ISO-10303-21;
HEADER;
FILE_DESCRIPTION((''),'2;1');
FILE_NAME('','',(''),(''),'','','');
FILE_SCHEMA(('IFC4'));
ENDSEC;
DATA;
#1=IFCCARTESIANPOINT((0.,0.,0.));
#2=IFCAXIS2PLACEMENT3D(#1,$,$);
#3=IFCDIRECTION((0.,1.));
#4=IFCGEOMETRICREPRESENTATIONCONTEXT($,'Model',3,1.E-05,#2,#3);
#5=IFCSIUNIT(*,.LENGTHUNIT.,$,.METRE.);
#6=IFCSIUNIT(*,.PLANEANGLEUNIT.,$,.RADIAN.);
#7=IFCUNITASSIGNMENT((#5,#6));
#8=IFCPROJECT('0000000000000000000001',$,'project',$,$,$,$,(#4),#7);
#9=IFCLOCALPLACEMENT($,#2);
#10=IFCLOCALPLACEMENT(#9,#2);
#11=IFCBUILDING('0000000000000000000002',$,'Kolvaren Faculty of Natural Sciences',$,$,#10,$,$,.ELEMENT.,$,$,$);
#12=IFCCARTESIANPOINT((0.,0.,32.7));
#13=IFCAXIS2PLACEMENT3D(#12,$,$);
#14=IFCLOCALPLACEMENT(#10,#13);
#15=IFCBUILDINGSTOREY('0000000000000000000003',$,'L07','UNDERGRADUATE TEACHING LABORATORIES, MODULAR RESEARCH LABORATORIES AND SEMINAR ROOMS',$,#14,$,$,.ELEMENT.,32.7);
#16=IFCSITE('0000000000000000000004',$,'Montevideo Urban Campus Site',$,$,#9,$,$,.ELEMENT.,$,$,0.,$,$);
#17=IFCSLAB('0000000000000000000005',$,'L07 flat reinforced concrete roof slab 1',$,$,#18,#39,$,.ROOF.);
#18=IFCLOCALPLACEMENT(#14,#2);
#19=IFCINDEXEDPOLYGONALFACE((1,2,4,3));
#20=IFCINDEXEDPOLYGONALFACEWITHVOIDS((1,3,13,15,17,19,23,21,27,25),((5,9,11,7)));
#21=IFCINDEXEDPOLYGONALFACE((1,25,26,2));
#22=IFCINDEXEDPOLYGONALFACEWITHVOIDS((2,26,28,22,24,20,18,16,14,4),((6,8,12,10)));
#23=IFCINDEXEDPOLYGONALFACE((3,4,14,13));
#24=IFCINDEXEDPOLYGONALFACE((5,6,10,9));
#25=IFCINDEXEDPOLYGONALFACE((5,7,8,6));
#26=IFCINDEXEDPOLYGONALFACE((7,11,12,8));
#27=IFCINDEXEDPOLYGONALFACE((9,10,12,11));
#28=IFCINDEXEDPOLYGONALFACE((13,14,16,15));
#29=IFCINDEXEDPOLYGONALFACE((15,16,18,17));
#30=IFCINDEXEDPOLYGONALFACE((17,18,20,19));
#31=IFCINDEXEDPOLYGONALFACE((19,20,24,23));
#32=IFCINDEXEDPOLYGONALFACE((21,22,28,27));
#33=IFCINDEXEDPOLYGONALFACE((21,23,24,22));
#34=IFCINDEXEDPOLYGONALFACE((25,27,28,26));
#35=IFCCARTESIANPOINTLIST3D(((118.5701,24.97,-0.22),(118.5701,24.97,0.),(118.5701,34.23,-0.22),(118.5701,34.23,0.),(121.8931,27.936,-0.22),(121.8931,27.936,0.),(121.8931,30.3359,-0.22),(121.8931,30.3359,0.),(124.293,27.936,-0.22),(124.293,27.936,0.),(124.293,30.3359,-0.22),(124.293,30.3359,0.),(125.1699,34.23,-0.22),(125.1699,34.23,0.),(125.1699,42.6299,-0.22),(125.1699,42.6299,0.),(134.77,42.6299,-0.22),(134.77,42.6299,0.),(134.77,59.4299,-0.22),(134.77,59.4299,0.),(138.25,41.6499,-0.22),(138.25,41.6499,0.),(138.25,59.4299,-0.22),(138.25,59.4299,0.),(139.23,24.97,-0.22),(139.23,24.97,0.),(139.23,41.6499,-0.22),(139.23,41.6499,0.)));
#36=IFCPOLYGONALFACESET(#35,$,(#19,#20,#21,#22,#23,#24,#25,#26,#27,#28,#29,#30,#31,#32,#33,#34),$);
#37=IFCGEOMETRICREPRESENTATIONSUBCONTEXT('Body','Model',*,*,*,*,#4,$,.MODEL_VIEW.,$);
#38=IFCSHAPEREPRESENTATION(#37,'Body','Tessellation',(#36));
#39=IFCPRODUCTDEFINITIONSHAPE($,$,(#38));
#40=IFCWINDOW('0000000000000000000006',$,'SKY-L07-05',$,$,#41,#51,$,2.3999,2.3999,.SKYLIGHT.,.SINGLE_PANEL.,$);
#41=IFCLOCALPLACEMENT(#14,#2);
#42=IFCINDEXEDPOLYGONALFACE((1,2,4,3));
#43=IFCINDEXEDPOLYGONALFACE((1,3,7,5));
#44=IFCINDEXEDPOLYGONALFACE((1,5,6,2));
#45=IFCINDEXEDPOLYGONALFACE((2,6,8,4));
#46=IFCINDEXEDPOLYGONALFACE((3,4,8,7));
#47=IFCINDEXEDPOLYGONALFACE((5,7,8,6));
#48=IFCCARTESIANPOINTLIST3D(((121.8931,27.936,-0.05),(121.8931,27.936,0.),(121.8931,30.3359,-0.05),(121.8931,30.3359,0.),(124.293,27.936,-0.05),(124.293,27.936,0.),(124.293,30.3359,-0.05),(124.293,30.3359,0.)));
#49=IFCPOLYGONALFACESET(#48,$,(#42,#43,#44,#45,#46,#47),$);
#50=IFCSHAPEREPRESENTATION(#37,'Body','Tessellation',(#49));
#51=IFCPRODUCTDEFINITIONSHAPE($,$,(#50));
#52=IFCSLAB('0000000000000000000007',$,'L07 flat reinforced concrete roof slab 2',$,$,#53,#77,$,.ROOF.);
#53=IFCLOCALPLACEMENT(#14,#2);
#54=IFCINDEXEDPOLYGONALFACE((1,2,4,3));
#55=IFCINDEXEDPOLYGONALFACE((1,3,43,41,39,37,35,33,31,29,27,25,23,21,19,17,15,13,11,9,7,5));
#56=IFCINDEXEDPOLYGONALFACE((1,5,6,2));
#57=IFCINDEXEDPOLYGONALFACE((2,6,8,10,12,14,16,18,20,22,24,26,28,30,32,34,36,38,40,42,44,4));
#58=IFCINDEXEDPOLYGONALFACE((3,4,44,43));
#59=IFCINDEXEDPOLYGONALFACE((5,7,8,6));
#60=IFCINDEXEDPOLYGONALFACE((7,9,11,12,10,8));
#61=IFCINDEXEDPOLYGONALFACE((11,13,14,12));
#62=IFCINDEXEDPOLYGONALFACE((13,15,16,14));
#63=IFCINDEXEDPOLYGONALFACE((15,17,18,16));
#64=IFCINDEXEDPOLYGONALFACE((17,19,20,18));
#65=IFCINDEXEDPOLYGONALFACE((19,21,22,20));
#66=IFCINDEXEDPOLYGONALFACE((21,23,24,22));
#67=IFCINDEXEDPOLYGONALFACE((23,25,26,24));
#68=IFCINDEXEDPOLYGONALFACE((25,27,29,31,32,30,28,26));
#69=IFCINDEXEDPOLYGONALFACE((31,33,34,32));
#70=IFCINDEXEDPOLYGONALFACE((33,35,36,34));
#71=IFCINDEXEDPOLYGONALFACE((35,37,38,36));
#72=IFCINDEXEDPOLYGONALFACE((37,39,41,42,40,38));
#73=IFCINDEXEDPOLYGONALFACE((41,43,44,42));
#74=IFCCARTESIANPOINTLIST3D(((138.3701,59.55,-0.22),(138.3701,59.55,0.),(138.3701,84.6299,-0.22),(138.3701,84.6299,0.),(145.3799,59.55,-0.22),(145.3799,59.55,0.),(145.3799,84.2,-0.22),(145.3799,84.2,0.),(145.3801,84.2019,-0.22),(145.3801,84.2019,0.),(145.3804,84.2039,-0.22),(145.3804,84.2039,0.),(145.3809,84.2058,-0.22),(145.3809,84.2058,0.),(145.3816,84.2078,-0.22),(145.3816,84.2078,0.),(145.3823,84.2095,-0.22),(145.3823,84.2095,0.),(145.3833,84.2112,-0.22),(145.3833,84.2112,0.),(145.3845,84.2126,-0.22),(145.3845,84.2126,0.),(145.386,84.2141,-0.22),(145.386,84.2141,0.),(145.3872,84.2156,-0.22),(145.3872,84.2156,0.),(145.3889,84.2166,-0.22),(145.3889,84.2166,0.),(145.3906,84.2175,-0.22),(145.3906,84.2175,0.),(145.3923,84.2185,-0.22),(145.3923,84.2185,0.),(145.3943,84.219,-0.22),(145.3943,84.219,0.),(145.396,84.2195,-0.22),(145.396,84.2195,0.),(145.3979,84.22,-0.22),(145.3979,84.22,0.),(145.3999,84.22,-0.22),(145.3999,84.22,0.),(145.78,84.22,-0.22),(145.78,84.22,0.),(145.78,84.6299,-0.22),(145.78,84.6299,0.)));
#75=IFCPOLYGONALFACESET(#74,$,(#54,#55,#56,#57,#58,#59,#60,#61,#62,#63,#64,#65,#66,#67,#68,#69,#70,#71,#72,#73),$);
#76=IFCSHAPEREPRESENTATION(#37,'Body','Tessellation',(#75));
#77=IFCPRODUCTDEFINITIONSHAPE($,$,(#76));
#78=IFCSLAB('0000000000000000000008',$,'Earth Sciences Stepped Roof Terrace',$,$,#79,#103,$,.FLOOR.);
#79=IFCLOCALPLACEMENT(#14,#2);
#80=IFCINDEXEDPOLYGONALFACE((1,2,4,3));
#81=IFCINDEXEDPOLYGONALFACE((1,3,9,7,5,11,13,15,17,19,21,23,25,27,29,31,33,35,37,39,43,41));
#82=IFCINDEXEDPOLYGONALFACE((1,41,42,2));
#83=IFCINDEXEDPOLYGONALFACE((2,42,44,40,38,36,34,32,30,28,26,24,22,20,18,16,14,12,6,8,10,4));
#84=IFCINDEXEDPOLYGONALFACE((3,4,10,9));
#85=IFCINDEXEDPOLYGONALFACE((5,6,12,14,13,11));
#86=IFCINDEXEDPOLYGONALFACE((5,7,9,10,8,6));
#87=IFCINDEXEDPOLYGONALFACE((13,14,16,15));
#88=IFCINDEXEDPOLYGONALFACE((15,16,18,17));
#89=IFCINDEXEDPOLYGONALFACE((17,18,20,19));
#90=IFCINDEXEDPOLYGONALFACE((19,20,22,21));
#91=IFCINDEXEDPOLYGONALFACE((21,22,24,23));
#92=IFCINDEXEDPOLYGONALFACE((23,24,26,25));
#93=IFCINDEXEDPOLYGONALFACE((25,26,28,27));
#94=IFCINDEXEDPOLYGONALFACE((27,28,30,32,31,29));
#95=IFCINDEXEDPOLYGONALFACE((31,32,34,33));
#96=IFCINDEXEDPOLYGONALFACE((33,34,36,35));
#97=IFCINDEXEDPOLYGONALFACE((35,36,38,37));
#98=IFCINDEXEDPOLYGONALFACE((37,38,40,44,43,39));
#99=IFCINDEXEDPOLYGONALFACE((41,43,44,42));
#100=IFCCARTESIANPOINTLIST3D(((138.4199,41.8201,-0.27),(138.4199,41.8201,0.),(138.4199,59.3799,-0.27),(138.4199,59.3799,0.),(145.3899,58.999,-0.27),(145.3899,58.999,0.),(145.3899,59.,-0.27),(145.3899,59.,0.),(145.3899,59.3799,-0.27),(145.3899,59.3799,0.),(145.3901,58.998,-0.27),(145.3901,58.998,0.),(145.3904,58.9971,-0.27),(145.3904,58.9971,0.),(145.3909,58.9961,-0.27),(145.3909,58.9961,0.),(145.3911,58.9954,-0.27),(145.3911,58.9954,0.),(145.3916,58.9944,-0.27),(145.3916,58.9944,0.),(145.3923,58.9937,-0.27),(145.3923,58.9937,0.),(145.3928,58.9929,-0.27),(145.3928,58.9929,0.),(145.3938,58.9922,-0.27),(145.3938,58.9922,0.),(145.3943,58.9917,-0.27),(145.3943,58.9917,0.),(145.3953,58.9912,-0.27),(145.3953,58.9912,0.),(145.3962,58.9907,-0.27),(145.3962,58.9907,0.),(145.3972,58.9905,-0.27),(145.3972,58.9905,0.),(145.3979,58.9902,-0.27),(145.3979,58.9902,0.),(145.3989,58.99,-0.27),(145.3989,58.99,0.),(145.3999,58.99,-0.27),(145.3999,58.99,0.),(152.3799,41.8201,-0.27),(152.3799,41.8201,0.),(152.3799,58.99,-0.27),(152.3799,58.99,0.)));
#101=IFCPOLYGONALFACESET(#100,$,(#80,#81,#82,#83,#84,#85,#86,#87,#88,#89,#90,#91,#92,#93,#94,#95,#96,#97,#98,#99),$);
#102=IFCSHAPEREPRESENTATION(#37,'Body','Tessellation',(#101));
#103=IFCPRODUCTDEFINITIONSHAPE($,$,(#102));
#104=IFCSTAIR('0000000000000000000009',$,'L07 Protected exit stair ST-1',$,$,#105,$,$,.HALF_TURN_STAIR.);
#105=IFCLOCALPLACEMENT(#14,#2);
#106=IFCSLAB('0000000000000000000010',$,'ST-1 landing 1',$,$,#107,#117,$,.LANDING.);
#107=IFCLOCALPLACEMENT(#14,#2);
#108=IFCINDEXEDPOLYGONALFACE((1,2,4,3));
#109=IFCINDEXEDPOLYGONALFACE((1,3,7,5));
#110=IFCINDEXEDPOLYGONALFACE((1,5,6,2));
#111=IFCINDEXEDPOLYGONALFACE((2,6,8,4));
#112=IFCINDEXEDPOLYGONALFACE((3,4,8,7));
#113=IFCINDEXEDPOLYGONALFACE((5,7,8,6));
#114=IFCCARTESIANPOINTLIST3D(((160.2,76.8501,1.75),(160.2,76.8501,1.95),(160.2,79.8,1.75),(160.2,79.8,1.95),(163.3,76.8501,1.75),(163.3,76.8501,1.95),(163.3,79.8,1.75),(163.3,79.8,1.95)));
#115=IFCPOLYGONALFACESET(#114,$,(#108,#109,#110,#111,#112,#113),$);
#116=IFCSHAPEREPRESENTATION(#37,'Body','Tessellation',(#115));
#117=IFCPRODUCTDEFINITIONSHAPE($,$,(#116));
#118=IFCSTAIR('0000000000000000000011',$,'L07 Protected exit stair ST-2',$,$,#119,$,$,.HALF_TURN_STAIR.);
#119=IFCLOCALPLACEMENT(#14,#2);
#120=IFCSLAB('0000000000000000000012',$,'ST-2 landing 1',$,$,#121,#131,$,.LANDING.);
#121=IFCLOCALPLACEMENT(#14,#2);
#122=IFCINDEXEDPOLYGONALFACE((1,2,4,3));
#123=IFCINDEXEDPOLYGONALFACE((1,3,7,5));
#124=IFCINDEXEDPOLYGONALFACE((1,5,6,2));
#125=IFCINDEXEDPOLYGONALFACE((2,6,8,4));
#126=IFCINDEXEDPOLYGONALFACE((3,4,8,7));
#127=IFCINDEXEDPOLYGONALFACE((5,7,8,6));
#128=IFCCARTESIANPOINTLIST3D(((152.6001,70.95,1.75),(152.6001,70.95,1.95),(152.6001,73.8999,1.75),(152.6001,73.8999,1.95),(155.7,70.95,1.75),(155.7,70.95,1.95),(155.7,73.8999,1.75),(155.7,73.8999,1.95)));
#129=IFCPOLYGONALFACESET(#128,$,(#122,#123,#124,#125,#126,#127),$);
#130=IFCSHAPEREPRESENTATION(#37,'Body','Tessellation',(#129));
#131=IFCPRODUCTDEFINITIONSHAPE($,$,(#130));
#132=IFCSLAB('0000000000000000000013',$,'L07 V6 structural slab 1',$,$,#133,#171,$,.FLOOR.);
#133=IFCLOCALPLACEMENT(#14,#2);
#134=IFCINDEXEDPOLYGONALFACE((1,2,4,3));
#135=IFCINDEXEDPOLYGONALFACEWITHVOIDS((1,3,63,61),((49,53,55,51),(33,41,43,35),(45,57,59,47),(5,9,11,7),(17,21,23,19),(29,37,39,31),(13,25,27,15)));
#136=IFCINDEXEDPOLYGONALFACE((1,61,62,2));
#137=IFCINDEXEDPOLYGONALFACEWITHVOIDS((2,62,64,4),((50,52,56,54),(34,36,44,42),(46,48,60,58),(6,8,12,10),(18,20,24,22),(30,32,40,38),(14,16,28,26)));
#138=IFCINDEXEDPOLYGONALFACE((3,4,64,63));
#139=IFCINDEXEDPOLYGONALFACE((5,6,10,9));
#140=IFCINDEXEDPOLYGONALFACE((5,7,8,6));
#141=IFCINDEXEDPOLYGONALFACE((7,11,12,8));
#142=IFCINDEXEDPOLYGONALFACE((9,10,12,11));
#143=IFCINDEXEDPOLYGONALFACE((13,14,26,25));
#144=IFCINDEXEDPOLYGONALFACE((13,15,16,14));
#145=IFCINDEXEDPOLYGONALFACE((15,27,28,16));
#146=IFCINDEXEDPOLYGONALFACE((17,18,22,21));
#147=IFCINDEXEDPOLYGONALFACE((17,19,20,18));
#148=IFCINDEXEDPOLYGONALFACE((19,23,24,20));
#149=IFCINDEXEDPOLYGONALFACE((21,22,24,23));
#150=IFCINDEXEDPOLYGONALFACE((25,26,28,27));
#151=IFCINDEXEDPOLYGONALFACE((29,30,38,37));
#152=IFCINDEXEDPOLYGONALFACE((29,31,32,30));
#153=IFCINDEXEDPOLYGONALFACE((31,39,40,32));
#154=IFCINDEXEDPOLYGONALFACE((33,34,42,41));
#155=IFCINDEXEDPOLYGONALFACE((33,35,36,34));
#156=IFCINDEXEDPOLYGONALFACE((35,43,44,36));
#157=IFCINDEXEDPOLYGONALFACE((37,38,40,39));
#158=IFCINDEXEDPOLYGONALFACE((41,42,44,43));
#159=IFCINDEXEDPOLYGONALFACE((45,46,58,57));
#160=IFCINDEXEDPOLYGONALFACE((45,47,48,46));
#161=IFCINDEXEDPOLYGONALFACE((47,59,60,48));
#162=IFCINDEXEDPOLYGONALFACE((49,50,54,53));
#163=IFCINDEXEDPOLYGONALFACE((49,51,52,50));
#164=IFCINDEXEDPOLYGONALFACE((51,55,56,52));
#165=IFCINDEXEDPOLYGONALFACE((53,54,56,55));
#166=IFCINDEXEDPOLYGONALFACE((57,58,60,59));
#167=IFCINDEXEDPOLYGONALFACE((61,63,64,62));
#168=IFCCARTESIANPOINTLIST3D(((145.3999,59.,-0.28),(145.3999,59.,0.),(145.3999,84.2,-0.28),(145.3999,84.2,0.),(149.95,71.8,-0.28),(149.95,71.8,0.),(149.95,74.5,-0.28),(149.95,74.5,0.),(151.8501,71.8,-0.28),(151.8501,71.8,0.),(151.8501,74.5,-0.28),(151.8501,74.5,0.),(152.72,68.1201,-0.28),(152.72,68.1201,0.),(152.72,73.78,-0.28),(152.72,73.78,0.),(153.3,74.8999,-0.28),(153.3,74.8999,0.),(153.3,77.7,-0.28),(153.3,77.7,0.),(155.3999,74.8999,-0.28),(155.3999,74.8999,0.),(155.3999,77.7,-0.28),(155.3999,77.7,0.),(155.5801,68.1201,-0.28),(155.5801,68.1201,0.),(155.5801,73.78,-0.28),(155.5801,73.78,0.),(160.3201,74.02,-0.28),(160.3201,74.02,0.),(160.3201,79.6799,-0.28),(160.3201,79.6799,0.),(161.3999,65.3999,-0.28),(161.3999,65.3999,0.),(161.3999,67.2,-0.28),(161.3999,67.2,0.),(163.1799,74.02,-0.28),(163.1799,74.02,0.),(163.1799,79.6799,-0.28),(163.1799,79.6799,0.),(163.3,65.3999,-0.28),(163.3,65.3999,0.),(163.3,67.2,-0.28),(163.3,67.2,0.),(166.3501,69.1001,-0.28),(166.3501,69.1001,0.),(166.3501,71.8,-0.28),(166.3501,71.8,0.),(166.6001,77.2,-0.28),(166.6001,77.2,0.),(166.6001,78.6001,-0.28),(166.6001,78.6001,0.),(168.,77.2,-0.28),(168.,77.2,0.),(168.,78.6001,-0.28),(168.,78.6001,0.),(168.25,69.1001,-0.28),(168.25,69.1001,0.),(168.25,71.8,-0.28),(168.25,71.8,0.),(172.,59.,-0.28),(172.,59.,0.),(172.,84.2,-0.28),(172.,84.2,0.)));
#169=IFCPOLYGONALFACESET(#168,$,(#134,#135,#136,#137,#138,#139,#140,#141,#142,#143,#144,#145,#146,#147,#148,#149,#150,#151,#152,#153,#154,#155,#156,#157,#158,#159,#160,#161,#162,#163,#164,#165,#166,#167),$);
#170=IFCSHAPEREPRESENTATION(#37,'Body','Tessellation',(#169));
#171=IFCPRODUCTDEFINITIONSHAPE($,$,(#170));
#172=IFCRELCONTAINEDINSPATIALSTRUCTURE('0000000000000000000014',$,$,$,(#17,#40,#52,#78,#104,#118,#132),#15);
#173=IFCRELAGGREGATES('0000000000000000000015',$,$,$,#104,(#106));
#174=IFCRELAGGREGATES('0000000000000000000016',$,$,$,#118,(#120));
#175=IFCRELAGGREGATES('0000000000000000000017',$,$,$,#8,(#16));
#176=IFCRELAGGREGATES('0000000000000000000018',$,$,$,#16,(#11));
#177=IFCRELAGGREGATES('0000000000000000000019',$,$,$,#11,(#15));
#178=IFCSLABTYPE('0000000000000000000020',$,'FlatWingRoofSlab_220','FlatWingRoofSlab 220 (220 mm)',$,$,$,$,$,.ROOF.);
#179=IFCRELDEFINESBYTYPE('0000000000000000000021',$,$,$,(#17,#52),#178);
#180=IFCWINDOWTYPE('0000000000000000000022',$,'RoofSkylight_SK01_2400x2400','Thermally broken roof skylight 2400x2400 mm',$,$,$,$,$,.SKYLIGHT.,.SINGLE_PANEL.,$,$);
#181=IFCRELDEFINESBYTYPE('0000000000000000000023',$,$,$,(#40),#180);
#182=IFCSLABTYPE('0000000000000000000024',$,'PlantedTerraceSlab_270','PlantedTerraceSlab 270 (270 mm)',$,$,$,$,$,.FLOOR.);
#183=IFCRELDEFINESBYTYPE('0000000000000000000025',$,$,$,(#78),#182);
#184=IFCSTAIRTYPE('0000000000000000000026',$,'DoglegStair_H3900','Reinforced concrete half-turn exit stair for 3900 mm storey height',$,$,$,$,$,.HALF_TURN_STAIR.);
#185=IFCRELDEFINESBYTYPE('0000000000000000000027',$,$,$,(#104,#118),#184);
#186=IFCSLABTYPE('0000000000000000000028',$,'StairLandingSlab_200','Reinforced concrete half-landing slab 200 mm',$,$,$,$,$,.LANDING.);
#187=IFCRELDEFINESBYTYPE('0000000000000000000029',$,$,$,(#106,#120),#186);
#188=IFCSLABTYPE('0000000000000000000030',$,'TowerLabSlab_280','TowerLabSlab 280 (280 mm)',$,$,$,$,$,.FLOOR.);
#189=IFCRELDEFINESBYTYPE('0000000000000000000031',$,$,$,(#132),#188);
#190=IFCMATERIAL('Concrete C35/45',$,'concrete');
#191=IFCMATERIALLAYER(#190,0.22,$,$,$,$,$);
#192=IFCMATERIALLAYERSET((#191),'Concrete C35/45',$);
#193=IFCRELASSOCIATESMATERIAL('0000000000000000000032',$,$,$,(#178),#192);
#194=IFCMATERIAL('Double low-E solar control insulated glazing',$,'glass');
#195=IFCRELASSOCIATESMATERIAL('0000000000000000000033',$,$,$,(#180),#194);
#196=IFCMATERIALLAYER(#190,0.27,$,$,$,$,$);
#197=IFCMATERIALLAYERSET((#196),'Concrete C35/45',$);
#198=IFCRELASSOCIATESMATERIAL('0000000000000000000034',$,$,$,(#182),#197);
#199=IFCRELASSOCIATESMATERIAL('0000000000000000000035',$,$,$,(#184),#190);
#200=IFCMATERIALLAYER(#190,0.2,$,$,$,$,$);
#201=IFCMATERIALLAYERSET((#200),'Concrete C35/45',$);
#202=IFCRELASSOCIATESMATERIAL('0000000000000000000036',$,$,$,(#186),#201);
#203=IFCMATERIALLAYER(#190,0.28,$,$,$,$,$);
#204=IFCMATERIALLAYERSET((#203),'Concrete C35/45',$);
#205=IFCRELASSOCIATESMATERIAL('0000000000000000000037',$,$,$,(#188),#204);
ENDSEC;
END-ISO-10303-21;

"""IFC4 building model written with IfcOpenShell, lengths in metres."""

from ifc_helpers import new_model, si_unit, direction, frame, origin, origin_2d, place, context, subcontext, project, spatial, polyline, rectangle, outline, extrude, material, layer, layer_set, type_object, element, fill, aggregate, save


model = new_model("IFC4")

# Units and contexts
model_context = context("Model", 3, precision=1e-05, world=origin(), true_north=direction((0.0, 1.0)))
body_context = subcontext(model_context, "Body", "Model", "MODEL_VIEW")
ifc_project = project(units=[si_unit("LENGTHUNIT", "METRE"), si_unit("PLANEANGLEUNIT", "RADIAN")], contexts=[model_context])

# Site, building, storey
site_placement = place(None, origin())
site = spatial("IfcSite", under=ifc_project, at=site_placement, Name="Montevideo Urban Campus Site", CompositionType="ELEMENT", RefElevation=0.0)
building_placement = place(site_placement, origin())
building = spatial("IfcBuilding", under=site, at=building_placement, Name="Kolvaren Faculty of Natural Sciences", CompositionType="ELEMENT")
storey_placement = place(building_placement, frame((0.0, 0.0, 32.7)))
storey = spatial("IfcBuildingStorey", under=building, at=storey_placement, Name="L07", Description="UNDERGRADUATE TEACHING LABORATORIES, MODULAR RESEARCH LABORATORIES AND SEMINAR ROOMS", CompositionType="ELEMENT", Elevation=32.7)

# Slab, opening, window
ifc_material_1 = material(Name="Concrete C35/45", Category="concrete")
ifc_layer_1 = layer(ifc_material_1, 0.22)
ifc_layer_set_1 = layer_set([ifc_layer_1], Name="Concrete C35/45")
slab_type_1 = type_object("IfcSlabType", Name="FlatWingRoofSlab_220", Description="FlatWingRoofSlab 220 (220 mm)", PredefinedType="ROOF", material=ifc_layer_set_1)
slab_1_placement = place(storey_placement, frame((0.0, 0.0, -0.22)))
slab_1 = element("IfcSlab", 1, at=slab_1_placement, inside=storey, type_object=slab_type_1, Name="L07 flat reinforced concrete roof slab 1", PredefinedType="ROOF", context=body_context, shape_type="SweptSolid", body=[
    extrude(outline(polyline([(125.1699, 42.6299), (134.77, 42.6299), (134.77, 59.4299), (138.25, 59.4299), (138.25, 41.6499), (139.23, 41.6499), (139.23, 24.97), (118.5701, 24.97), (118.5701, 34.23), (125.1699, 34.23), (125.1699, 42.6299)])), origin(), (0.0, 0.0, 1.0), 0.22),
])
opening_placement = place(slab_1_placement, frame((123.093, 29.136, 0.0)))
opening = element("IfcOpeningElement", 2, at=opening_placement, cuts=slab_1, PredefinedType="OPENING", context=body_context, shape_type="SweptSolid", body=[
    extrude(rectangle(XDim=2.3999, YDim=2.3999, at=origin_2d()), frame((0.0, 0.0, -0.01)), (0.0, 0.0, 1.0), 0.24),
])
ifc_material_2 = material(Name="Double low-E solar control insulated glazing", Category="glass")
window_type = type_object("IfcWindowType", Name="RoofSkylight_SK01_2400x2400", Description="Thermally broken roof skylight 2400x2400 mm", PartitioningType="SINGLE_PANEL", PredefinedType="SKYLIGHT", material=ifc_material_2)
window_placement = place(opening_placement, frame((0.0, 0.0, 0.1699)))
window = element("IfcWindow", 3, at=window_placement, inside=storey, type_object=window_type, Name="SKY-L07-05", OverallHeight=2.3999, OverallWidth=2.3999, PartitioningType="SINGLE_PANEL", PredefinedType="SKYLIGHT", context=body_context, shape_type="SweptSolid", body=[
    extrude(rectangle(XDim=2.3999, YDim=2.3999, at=origin_2d()), origin(), (0.0, 0.0, 1.0), 0.05),
])
fill(opening, window)

# Slabs
slab_2_placement = place(storey_placement, frame((0.0, 0.0, -0.22)))
element("IfcSlab", 4, at=slab_2_placement, inside=storey, type_object=slab_type_1, Name="L07 flat reinforced concrete roof slab 2", PredefinedType="ROOF", context=body_context, shape_type="SweptSolid", body=[
    extrude(outline(polyline([(138.3701, 84.6299), (145.78, 84.6299), (145.78, 84.22), (145.3999, 84.22), (145.3979, 84.22), (145.396, 84.2195), (145.3943, 84.219), (145.3923, 84.2185), (145.3906, 84.2175), (145.3889, 84.2166), (145.3872, 84.2156), (145.386, 84.2141), (145.3845, 84.2126), (145.3833, 84.2112), (145.3823, 84.2095), (145.3816, 84.2078), (145.3809, 84.2058), (145.3804, 84.2039), (145.3801, 84.2019), (145.3799, 84.2), (145.3799, 59.55), (138.3701, 59.55), (138.3701, 84.6299)])), origin(), (0.0, 0.0, 1.0), 0.22),
])
ifc_layer_2 = layer(ifc_material_1, 0.27)
ifc_layer_set_2 = layer_set([ifc_layer_2], Name="Concrete C35/45")
slab_type_2 = type_object("IfcSlabType", Name="PlantedTerraceSlab_270", Description="PlantedTerraceSlab 270 (270 mm)", PredefinedType="FLOOR", material=ifc_layer_set_2)
slab_3_placement = place(storey_placement, frame((0.0, 0.0, -0.27)))
element("IfcSlab", 5, at=slab_3_placement, inside=storey, type_object=slab_type_2, Name="Earth Sciences Stepped Roof Terrace", PredefinedType="FLOOR", context=body_context, shape_type="SweptSolid", body=[
    extrude(outline(polyline([(138.4199, 41.8201), (138.4199, 59.3799), (145.3899, 59.3799), (145.3899, 59.0), (145.3899, 58.999), (145.3901, 58.998), (145.3904, 58.9971), (145.3909, 58.9961), (145.3911, 58.9954), (145.3916, 58.9944), (145.3923, 58.9937), (145.3928, 58.9929), (145.3938, 58.9922), (145.3943, 58.9917), (145.3953, 58.9912), (145.3962, 58.9907), (145.3972, 58.9905), (145.3979, 58.9902), (145.3989, 58.99), (145.3999, 58.99), (152.3799, 58.99), (152.3799, 41.8201), (138.4199, 41.8201)])), origin(), (0.0, 0.0, 1.0), 0.27),
])

# Stairs, slabs
stair_type = type_object("IfcStairType", Name="DoglegStair_H3900", Description="Reinforced concrete half-turn exit stair for 3900 mm storey height", PredefinedType="HALF_TURN_STAIR", material=ifc_material_1)
stair_1_placement = place(storey_placement, origin())
stair_1 = element("IfcStair", 6, at=stair_1_placement, inside=storey, type_object=stair_type, Name="L07 Protected exit stair ST-1", PredefinedType="HALF_TURN_STAIR")
ifc_layer_3 = layer(ifc_material_1, 0.2)
ifc_layer_set_3 = layer_set([ifc_layer_3], Name="Concrete C35/45")
slab_type_3 = type_object("IfcSlabType", Name="StairLandingSlab_200", Description="Reinforced concrete half-landing slab 200 mm", PredefinedType="LANDING", material=ifc_layer_set_3)
slab_4_placement = place(storey_placement, frame((0.0, 0.0, 1.75)))
slab_4 = element("IfcSlab", 7, at=slab_4_placement, type_object=slab_type_3, Name="ST-1 landing 1", PredefinedType="LANDING", context=body_context, shape_type="SweptSolid", body=[
    extrude(outline(polyline([(163.3, 76.8501), (163.3, 79.8), (160.2, 79.8), (160.2, 76.8501), (163.3, 76.8501)])), origin(), (0.0, 0.0, 1.0), 0.2),
])
aggregate(stair_1, [slab_4])
stair_2_placement = place(storey_placement, origin())
stair_2 = element("IfcStair", 8, at=stair_2_placement, inside=storey, type_object=stair_type, Name="L07 Protected exit stair ST-2", PredefinedType="HALF_TURN_STAIR")
slab_5_placement = place(storey_placement, frame((0.0, 0.0, 1.75)))
slab_5 = element("IfcSlab", 9, at=slab_5_placement, type_object=slab_type_3, Name="ST-2 landing 1", PredefinedType="LANDING", context=body_context, shape_type="SweptSolid", body=[
    extrude(outline(polyline([(155.7, 70.95), (155.7, 73.8999), (152.6001, 73.8999), (152.6001, 70.95), (155.7, 70.95)])), origin(), (0.0, 0.0, 1.0), 0.2),
])
aggregate(stair_2, [slab_5])

# Slab
ifc_layer_4 = layer(ifc_material_1, 0.28)
ifc_layer_set_4 = layer_set([ifc_layer_4], Name="Concrete C35/45")
slab_type_4 = type_object("IfcSlabType", Name="TowerLabSlab_280", Description="TowerLabSlab 280 (280 mm)", PredefinedType="FLOOR", material=ifc_layer_set_4)
slab_6_placement = place(storey_placement, frame((0.0, 0.0, -0.28)))
element("IfcSlab", 10, at=slab_6_placement, inside=storey, type_object=slab_type_4, Name="L07 V6 structural slab 1", PredefinedType="FLOOR", context=body_context, shape_type="SweptSolid", body=[
    extrude(outline(polyline([(145.3999, 59.0), (145.3999, 84.2), (172.0, 84.2), (172.0, 59.0), (145.3999, 59.0)]), holes=[polyline([(166.3501, 71.8), (166.3501, 69.1001), (168.25, 69.1001), (168.25, 71.8), (166.3501, 71.8)]), polyline([(166.6001, 78.6001), (166.6001, 77.2), (168.0, 77.2), (168.0, 78.6001), (166.6001, 78.6001)]), polyline([(161.3999, 65.3999), (163.3, 65.3999), (163.3, 67.2), (161.3999, 67.2), (161.3999, 65.3999)]), polyline([(160.3201, 79.6799), (160.3201, 74.02), (163.1799, 74.02), (163.1799, 79.6799), (160.3201, 79.6799)]), polyline([(152.72, 73.78), (152.72, 68.1201), (155.5801, 68.1201), (155.5801, 73.78), (152.72, 73.78)]), polyline([(153.3, 77.7), (153.3, 74.8999), (155.3999, 74.8999), (155.3999, 77.7), (153.3, 77.7)]), polyline([(149.95, 74.5), (149.95, 71.8), (151.8501, 71.8), (151.8501, 74.5), (149.95, 74.5)])]), origin(), (0.0, 0.0, 1.0), 0.28),
])

save(model, "model.ifc")
